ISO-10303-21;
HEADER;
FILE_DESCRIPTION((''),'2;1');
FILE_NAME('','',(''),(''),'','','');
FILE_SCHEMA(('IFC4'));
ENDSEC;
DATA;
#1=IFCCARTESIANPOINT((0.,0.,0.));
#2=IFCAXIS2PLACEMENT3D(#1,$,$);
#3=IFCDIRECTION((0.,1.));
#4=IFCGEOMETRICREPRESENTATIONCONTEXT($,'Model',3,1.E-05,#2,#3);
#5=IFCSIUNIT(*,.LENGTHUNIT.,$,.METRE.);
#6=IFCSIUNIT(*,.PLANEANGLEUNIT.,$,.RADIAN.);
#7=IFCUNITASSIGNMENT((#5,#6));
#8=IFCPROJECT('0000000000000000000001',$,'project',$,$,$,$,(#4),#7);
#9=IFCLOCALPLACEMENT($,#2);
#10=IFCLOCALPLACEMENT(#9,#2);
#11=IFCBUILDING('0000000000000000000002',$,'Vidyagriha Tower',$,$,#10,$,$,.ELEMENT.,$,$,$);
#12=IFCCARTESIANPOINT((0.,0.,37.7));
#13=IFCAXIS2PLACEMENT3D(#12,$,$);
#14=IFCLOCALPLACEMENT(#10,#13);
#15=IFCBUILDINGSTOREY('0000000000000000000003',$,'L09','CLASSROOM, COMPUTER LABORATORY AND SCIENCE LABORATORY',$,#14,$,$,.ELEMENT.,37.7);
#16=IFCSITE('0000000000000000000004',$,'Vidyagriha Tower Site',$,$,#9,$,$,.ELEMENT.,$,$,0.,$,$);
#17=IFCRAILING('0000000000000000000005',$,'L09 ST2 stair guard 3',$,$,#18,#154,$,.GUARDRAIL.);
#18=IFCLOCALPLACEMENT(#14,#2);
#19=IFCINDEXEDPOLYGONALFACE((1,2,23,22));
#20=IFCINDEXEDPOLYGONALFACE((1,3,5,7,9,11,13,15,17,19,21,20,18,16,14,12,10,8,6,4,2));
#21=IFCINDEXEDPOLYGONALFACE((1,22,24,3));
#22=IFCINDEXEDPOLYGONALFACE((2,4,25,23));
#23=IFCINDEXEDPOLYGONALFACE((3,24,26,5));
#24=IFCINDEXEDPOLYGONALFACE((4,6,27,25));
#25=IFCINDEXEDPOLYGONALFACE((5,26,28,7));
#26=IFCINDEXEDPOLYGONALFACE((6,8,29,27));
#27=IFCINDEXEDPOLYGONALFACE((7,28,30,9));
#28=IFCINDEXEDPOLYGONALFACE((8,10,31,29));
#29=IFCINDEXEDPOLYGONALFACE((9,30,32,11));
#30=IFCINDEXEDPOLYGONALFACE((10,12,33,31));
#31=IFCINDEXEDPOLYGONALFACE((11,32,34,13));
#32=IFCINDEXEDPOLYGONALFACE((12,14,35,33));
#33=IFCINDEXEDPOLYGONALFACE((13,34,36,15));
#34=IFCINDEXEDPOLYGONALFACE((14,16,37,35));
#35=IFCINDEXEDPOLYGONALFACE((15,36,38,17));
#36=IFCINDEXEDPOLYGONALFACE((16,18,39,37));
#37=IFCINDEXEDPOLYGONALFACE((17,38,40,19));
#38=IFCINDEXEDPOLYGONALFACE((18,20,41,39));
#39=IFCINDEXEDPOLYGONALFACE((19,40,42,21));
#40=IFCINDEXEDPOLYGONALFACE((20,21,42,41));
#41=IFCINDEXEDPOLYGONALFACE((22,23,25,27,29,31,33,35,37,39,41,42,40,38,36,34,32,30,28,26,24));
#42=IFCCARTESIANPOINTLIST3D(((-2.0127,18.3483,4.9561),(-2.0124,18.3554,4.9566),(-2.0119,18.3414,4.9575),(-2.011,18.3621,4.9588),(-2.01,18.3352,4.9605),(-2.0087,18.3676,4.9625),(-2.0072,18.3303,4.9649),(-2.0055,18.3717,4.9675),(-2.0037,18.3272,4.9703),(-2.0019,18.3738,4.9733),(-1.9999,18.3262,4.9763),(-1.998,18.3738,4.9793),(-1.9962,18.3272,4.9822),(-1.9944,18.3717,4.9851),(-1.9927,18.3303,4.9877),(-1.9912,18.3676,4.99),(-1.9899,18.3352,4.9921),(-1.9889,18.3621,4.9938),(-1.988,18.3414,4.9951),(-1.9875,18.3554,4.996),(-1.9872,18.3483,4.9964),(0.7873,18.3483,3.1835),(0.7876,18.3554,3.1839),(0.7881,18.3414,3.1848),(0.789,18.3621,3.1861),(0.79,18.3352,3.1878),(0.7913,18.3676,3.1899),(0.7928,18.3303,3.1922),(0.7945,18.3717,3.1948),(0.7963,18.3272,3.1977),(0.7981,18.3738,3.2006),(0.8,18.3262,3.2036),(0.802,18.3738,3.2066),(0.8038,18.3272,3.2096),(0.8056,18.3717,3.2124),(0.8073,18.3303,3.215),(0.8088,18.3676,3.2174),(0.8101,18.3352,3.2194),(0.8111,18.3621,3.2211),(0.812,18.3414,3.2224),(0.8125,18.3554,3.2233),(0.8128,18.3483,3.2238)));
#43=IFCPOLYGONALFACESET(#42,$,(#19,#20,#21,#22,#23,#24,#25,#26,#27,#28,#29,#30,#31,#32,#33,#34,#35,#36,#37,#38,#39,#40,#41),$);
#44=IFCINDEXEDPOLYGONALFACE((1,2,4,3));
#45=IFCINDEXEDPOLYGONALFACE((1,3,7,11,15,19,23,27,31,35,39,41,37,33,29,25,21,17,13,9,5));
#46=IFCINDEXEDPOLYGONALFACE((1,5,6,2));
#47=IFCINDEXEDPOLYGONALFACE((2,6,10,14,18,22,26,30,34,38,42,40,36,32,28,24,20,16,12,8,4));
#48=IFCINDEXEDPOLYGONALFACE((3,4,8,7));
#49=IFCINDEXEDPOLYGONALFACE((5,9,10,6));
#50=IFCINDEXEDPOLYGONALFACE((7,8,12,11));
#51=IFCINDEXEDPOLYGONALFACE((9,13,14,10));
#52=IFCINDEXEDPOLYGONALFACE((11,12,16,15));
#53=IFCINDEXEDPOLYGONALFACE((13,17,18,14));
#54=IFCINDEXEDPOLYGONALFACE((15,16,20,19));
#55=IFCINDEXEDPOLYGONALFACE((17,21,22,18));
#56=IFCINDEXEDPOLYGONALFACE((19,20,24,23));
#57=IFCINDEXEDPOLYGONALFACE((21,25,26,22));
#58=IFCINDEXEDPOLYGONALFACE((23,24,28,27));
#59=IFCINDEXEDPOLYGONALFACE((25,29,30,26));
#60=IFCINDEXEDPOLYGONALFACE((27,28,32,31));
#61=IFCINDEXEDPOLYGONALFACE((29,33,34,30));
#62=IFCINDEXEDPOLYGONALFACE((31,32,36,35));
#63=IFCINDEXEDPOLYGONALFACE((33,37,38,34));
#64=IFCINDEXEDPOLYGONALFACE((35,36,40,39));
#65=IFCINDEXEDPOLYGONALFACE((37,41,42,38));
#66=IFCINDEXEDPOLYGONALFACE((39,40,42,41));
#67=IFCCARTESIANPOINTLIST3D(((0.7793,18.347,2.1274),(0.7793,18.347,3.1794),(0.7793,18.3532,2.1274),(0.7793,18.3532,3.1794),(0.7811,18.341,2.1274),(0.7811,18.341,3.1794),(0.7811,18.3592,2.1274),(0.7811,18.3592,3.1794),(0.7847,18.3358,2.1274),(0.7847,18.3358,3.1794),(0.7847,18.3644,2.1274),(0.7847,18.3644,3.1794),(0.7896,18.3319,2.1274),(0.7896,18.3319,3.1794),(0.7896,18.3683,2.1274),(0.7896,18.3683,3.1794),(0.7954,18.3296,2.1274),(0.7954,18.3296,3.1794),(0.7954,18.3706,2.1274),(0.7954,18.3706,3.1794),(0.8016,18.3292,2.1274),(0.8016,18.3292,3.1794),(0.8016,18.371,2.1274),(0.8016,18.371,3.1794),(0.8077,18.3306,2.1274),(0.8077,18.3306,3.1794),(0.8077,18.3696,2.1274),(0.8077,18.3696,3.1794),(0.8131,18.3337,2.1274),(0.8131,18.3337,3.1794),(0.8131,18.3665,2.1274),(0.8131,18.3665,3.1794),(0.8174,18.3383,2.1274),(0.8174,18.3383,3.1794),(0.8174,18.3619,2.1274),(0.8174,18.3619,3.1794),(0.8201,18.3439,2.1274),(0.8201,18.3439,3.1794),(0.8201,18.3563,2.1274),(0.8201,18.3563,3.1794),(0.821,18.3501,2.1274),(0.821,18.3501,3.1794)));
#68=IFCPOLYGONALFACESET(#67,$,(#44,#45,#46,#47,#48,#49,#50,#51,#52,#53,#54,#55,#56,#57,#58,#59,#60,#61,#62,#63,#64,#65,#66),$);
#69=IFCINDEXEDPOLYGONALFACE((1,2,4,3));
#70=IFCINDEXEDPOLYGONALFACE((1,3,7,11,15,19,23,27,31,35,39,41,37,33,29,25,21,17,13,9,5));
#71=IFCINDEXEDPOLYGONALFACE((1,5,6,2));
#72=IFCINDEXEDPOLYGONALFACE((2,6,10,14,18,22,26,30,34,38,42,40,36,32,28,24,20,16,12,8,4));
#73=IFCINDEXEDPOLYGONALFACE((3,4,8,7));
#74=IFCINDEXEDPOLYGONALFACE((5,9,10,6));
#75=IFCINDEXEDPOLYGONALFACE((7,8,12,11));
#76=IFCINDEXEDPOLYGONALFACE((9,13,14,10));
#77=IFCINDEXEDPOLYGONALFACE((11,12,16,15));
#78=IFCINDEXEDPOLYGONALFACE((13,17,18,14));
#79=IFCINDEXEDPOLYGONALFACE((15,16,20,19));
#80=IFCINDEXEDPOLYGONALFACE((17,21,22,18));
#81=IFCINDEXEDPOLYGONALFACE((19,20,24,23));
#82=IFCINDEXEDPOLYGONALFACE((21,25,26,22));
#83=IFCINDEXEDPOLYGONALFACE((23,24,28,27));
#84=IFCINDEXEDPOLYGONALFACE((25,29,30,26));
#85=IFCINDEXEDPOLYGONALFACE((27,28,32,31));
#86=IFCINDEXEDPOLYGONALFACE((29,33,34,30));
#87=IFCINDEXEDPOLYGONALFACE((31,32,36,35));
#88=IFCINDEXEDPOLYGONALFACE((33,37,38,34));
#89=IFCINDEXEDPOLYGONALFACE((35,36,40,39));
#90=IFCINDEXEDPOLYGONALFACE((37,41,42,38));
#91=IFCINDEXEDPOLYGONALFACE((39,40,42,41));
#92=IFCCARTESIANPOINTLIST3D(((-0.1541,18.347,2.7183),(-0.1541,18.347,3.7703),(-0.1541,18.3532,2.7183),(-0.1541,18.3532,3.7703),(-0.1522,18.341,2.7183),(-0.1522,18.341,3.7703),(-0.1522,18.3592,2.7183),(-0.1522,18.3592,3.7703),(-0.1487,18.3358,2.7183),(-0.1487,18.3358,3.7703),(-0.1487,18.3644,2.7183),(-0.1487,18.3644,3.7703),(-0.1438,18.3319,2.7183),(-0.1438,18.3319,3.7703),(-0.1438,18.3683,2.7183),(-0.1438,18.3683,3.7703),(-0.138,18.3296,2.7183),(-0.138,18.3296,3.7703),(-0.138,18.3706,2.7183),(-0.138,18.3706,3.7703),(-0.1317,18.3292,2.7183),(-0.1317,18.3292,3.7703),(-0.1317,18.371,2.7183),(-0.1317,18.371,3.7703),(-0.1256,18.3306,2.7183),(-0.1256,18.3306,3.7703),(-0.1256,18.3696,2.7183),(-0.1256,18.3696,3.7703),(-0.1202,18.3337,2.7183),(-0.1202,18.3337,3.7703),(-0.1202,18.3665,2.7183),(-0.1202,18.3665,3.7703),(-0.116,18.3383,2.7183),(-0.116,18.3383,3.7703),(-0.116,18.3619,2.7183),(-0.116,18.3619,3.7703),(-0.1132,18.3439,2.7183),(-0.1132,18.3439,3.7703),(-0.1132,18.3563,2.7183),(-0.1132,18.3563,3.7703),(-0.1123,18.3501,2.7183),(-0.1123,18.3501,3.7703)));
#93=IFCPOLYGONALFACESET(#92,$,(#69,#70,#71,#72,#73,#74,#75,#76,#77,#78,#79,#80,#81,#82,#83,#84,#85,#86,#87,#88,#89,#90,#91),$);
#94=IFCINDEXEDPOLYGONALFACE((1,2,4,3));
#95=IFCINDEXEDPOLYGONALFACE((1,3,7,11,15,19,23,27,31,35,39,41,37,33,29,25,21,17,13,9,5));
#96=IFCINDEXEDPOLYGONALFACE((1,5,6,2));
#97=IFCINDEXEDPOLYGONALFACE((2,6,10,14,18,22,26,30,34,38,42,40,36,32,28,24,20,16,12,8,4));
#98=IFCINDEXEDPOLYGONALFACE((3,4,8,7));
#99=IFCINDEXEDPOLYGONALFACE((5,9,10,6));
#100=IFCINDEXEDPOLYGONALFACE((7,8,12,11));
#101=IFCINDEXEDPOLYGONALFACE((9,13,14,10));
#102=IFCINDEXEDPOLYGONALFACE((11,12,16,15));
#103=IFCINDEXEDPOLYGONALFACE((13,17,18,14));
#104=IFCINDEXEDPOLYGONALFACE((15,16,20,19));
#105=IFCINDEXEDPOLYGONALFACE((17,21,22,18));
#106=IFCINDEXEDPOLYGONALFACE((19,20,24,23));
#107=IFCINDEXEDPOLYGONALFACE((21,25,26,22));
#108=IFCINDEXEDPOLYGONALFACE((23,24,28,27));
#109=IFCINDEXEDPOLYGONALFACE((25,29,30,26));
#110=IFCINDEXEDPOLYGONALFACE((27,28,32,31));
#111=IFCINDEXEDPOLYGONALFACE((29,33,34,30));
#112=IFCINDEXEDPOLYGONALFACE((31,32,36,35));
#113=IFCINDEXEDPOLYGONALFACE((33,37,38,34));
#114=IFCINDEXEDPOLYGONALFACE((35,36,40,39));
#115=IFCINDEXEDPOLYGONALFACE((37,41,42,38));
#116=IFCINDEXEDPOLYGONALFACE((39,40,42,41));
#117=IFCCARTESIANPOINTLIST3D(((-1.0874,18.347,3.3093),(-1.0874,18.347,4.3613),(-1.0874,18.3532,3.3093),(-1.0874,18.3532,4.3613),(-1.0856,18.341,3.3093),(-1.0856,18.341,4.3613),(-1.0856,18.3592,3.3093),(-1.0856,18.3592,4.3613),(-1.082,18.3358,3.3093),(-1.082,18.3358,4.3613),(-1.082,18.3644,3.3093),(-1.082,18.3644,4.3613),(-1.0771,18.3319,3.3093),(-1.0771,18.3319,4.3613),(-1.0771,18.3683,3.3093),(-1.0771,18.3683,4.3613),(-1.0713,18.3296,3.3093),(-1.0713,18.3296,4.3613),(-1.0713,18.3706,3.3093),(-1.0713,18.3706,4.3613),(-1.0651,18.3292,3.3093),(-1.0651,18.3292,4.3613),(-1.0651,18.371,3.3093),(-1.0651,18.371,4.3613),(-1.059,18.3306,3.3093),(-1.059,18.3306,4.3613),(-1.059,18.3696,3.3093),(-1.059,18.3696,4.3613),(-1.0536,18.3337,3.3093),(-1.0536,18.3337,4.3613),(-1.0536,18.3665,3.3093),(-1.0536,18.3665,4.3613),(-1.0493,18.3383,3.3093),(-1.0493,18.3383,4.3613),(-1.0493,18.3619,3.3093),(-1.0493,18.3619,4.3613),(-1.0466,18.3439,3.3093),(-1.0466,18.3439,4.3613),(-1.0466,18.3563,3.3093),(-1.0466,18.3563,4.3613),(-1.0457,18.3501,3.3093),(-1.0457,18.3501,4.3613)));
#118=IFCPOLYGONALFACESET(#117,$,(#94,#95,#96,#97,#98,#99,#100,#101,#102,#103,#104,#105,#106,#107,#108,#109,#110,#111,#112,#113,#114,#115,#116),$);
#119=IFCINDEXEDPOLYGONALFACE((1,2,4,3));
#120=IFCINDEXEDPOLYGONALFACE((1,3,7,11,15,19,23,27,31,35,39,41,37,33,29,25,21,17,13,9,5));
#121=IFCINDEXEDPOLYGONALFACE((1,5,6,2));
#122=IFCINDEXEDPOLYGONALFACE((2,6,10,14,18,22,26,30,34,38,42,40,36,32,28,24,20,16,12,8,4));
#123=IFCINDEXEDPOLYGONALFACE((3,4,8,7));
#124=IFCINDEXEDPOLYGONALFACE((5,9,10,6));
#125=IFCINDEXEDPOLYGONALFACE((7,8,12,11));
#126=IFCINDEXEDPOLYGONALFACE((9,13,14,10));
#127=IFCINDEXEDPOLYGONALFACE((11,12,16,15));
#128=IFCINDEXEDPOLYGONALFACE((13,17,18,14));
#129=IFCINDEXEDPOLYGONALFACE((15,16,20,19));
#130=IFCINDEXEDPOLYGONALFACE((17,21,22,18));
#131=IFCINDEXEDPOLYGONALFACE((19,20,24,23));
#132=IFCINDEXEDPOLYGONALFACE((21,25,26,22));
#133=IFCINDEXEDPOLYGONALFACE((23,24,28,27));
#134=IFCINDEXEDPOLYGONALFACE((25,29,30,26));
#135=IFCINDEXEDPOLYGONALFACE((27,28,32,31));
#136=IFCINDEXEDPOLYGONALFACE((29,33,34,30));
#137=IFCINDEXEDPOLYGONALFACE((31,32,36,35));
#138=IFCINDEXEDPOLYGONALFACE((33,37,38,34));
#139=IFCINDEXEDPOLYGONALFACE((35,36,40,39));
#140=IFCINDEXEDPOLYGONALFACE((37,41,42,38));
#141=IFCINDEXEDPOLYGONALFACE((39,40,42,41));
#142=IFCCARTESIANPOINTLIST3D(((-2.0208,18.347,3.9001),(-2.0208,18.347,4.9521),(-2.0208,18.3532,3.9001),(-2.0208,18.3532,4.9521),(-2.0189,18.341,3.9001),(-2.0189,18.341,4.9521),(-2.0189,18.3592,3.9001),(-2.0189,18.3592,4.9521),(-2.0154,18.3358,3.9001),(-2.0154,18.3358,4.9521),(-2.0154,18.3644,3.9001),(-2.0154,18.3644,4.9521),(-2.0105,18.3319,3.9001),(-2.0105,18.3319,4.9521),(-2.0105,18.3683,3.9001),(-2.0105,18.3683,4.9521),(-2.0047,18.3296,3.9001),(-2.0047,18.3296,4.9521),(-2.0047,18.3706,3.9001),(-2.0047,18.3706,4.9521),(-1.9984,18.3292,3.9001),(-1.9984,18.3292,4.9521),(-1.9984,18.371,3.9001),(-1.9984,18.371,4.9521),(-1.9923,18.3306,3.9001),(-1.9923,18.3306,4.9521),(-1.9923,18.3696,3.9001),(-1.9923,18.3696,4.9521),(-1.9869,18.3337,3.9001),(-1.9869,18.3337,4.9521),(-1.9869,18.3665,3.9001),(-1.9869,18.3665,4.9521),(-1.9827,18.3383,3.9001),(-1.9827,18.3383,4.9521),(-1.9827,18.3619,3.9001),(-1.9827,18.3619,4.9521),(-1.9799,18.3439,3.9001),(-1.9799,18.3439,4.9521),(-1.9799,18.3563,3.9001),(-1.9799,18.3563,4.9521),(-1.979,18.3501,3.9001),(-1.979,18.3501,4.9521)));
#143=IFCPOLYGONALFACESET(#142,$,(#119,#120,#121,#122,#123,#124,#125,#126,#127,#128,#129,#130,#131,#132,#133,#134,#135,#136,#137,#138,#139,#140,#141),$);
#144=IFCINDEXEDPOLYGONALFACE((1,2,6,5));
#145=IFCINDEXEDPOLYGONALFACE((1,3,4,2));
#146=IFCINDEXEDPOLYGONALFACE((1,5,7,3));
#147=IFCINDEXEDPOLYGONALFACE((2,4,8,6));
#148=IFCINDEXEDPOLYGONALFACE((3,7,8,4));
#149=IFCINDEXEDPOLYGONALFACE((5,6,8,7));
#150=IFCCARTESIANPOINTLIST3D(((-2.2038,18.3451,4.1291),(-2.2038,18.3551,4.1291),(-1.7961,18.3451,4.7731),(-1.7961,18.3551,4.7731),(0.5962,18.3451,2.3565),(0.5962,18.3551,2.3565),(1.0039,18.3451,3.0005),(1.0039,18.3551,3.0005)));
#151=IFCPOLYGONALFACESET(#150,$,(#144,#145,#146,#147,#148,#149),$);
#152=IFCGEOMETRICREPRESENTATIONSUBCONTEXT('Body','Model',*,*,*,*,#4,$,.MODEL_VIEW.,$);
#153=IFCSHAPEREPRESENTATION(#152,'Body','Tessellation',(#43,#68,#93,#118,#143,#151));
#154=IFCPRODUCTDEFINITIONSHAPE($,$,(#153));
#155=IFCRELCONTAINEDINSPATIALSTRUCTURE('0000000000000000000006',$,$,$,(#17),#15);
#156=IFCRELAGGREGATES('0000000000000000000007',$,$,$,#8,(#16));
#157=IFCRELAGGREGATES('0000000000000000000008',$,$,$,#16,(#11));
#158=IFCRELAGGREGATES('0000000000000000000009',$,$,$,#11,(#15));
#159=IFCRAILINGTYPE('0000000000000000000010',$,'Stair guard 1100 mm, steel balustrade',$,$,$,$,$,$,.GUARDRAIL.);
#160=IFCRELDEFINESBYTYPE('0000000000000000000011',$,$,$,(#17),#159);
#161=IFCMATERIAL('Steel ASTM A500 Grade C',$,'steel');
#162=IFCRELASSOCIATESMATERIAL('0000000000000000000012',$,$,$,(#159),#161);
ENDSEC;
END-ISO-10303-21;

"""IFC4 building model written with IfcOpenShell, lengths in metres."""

from ifc_helpers import new_model, si_unit, direction, frame, origin, origin_2d, place, context, subcontext, project, spatial, rectangle, circle, extrude, material, type_object, element, save


model = new_model("IFC4")

# Units and contexts
model_context = context("Model", 3, precision=1e-05, world=origin(), true_north=direction((0.0, 1.0)))
body_context = subcontext(model_context, "Body", "Model", "MODEL_VIEW")
ifc_project = project(units=[si_unit("LENGTHUNIT", "METRE"), si_unit("PLANEANGLEUNIT", "RADIAN")], contexts=[model_context])

# Site, building, storey
site_placement = place(None, origin())
site = spatial("IfcSite", under=ifc_project, at=site_placement, Name="Vidyagriha Tower Site", CompositionType="ELEMENT", RefElevation=0.0)
building_placement = place(site_placement, origin())
building = spatial("IfcBuilding", under=site, at=building_placement, Name="Vidyagriha Tower", CompositionType="ELEMENT")
storey_placement = place(building_placement, frame((0.0, 0.0, 37.7)))
storey = spatial("IfcBuildingStorey", under=building, at=storey_placement, Name="L09", Description="CLASSROOM, COMPUTER LABORATORY AND SCIENCE LABORATORY", CompositionType="ELEMENT", Elevation=37.7)

# Railing
ifc_material_1 = material(Name="Steel ASTM A500 Grade C", Category="steel")
railing_type_1 = type_object("IfcRailingType", Name="Stair guard 1100 mm, steel balustrade", PredefinedType="GUARDRAIL", material=ifc_material_1)
railing_1_placement = place(storey_placement, frame((0.8, 18.3501, 2.1274)))
element("IfcRailing", 1, at=railing_1_placement, inside=storey, type_object=railing_type_1, Name="L09 ST2 stair guard 3", PredefinedType="GUARDRAIL", context=body_context, shape_type="SweptSolid", body=[
    extrude(circle(Radius=0.0239, at=origin_2d()), frame((0.0, 0.0, 1.0762), z_axis=(-0.844909, 0.0, 0.53491), x_axis=(0.0, -1.0, 0.0)), (0.0, 0.0, 1.0), 3.314),
    extrude(circle(Radius=0.021, at=origin_2d()), origin(), (0.0, 0.0, 1.0), 1.052),
    extrude(circle(Radius=0.021, at=origin_2d()), frame((-0.9333, 0.0, 0.5908)), (0.0, 0.0, 1.0), 1.052),
    extrude(circle(Radius=0.021, at=origin_2d()), frame((-1.8667, 0.0, 1.1819)), (0.0, 0.0, 1.0), 1.052),
    extrude(circle(Radius=0.021, at=origin_2d()), frame((-2.8, 0.0, 1.7727)), (0.0, 0.0, 1.0), 1.052),
    extrude(rectangle(XDim=0.01, YDim=0.7622, at=origin_2d()), frame((0.0, 0.0, 0.551), z_axis=(-0.844909, 0.0, 0.53491), x_axis=(0.0, -1.0, 0.0)), (0.0, 0.0, 1.0), 3.314),
])

save(model, "model.ifc")
